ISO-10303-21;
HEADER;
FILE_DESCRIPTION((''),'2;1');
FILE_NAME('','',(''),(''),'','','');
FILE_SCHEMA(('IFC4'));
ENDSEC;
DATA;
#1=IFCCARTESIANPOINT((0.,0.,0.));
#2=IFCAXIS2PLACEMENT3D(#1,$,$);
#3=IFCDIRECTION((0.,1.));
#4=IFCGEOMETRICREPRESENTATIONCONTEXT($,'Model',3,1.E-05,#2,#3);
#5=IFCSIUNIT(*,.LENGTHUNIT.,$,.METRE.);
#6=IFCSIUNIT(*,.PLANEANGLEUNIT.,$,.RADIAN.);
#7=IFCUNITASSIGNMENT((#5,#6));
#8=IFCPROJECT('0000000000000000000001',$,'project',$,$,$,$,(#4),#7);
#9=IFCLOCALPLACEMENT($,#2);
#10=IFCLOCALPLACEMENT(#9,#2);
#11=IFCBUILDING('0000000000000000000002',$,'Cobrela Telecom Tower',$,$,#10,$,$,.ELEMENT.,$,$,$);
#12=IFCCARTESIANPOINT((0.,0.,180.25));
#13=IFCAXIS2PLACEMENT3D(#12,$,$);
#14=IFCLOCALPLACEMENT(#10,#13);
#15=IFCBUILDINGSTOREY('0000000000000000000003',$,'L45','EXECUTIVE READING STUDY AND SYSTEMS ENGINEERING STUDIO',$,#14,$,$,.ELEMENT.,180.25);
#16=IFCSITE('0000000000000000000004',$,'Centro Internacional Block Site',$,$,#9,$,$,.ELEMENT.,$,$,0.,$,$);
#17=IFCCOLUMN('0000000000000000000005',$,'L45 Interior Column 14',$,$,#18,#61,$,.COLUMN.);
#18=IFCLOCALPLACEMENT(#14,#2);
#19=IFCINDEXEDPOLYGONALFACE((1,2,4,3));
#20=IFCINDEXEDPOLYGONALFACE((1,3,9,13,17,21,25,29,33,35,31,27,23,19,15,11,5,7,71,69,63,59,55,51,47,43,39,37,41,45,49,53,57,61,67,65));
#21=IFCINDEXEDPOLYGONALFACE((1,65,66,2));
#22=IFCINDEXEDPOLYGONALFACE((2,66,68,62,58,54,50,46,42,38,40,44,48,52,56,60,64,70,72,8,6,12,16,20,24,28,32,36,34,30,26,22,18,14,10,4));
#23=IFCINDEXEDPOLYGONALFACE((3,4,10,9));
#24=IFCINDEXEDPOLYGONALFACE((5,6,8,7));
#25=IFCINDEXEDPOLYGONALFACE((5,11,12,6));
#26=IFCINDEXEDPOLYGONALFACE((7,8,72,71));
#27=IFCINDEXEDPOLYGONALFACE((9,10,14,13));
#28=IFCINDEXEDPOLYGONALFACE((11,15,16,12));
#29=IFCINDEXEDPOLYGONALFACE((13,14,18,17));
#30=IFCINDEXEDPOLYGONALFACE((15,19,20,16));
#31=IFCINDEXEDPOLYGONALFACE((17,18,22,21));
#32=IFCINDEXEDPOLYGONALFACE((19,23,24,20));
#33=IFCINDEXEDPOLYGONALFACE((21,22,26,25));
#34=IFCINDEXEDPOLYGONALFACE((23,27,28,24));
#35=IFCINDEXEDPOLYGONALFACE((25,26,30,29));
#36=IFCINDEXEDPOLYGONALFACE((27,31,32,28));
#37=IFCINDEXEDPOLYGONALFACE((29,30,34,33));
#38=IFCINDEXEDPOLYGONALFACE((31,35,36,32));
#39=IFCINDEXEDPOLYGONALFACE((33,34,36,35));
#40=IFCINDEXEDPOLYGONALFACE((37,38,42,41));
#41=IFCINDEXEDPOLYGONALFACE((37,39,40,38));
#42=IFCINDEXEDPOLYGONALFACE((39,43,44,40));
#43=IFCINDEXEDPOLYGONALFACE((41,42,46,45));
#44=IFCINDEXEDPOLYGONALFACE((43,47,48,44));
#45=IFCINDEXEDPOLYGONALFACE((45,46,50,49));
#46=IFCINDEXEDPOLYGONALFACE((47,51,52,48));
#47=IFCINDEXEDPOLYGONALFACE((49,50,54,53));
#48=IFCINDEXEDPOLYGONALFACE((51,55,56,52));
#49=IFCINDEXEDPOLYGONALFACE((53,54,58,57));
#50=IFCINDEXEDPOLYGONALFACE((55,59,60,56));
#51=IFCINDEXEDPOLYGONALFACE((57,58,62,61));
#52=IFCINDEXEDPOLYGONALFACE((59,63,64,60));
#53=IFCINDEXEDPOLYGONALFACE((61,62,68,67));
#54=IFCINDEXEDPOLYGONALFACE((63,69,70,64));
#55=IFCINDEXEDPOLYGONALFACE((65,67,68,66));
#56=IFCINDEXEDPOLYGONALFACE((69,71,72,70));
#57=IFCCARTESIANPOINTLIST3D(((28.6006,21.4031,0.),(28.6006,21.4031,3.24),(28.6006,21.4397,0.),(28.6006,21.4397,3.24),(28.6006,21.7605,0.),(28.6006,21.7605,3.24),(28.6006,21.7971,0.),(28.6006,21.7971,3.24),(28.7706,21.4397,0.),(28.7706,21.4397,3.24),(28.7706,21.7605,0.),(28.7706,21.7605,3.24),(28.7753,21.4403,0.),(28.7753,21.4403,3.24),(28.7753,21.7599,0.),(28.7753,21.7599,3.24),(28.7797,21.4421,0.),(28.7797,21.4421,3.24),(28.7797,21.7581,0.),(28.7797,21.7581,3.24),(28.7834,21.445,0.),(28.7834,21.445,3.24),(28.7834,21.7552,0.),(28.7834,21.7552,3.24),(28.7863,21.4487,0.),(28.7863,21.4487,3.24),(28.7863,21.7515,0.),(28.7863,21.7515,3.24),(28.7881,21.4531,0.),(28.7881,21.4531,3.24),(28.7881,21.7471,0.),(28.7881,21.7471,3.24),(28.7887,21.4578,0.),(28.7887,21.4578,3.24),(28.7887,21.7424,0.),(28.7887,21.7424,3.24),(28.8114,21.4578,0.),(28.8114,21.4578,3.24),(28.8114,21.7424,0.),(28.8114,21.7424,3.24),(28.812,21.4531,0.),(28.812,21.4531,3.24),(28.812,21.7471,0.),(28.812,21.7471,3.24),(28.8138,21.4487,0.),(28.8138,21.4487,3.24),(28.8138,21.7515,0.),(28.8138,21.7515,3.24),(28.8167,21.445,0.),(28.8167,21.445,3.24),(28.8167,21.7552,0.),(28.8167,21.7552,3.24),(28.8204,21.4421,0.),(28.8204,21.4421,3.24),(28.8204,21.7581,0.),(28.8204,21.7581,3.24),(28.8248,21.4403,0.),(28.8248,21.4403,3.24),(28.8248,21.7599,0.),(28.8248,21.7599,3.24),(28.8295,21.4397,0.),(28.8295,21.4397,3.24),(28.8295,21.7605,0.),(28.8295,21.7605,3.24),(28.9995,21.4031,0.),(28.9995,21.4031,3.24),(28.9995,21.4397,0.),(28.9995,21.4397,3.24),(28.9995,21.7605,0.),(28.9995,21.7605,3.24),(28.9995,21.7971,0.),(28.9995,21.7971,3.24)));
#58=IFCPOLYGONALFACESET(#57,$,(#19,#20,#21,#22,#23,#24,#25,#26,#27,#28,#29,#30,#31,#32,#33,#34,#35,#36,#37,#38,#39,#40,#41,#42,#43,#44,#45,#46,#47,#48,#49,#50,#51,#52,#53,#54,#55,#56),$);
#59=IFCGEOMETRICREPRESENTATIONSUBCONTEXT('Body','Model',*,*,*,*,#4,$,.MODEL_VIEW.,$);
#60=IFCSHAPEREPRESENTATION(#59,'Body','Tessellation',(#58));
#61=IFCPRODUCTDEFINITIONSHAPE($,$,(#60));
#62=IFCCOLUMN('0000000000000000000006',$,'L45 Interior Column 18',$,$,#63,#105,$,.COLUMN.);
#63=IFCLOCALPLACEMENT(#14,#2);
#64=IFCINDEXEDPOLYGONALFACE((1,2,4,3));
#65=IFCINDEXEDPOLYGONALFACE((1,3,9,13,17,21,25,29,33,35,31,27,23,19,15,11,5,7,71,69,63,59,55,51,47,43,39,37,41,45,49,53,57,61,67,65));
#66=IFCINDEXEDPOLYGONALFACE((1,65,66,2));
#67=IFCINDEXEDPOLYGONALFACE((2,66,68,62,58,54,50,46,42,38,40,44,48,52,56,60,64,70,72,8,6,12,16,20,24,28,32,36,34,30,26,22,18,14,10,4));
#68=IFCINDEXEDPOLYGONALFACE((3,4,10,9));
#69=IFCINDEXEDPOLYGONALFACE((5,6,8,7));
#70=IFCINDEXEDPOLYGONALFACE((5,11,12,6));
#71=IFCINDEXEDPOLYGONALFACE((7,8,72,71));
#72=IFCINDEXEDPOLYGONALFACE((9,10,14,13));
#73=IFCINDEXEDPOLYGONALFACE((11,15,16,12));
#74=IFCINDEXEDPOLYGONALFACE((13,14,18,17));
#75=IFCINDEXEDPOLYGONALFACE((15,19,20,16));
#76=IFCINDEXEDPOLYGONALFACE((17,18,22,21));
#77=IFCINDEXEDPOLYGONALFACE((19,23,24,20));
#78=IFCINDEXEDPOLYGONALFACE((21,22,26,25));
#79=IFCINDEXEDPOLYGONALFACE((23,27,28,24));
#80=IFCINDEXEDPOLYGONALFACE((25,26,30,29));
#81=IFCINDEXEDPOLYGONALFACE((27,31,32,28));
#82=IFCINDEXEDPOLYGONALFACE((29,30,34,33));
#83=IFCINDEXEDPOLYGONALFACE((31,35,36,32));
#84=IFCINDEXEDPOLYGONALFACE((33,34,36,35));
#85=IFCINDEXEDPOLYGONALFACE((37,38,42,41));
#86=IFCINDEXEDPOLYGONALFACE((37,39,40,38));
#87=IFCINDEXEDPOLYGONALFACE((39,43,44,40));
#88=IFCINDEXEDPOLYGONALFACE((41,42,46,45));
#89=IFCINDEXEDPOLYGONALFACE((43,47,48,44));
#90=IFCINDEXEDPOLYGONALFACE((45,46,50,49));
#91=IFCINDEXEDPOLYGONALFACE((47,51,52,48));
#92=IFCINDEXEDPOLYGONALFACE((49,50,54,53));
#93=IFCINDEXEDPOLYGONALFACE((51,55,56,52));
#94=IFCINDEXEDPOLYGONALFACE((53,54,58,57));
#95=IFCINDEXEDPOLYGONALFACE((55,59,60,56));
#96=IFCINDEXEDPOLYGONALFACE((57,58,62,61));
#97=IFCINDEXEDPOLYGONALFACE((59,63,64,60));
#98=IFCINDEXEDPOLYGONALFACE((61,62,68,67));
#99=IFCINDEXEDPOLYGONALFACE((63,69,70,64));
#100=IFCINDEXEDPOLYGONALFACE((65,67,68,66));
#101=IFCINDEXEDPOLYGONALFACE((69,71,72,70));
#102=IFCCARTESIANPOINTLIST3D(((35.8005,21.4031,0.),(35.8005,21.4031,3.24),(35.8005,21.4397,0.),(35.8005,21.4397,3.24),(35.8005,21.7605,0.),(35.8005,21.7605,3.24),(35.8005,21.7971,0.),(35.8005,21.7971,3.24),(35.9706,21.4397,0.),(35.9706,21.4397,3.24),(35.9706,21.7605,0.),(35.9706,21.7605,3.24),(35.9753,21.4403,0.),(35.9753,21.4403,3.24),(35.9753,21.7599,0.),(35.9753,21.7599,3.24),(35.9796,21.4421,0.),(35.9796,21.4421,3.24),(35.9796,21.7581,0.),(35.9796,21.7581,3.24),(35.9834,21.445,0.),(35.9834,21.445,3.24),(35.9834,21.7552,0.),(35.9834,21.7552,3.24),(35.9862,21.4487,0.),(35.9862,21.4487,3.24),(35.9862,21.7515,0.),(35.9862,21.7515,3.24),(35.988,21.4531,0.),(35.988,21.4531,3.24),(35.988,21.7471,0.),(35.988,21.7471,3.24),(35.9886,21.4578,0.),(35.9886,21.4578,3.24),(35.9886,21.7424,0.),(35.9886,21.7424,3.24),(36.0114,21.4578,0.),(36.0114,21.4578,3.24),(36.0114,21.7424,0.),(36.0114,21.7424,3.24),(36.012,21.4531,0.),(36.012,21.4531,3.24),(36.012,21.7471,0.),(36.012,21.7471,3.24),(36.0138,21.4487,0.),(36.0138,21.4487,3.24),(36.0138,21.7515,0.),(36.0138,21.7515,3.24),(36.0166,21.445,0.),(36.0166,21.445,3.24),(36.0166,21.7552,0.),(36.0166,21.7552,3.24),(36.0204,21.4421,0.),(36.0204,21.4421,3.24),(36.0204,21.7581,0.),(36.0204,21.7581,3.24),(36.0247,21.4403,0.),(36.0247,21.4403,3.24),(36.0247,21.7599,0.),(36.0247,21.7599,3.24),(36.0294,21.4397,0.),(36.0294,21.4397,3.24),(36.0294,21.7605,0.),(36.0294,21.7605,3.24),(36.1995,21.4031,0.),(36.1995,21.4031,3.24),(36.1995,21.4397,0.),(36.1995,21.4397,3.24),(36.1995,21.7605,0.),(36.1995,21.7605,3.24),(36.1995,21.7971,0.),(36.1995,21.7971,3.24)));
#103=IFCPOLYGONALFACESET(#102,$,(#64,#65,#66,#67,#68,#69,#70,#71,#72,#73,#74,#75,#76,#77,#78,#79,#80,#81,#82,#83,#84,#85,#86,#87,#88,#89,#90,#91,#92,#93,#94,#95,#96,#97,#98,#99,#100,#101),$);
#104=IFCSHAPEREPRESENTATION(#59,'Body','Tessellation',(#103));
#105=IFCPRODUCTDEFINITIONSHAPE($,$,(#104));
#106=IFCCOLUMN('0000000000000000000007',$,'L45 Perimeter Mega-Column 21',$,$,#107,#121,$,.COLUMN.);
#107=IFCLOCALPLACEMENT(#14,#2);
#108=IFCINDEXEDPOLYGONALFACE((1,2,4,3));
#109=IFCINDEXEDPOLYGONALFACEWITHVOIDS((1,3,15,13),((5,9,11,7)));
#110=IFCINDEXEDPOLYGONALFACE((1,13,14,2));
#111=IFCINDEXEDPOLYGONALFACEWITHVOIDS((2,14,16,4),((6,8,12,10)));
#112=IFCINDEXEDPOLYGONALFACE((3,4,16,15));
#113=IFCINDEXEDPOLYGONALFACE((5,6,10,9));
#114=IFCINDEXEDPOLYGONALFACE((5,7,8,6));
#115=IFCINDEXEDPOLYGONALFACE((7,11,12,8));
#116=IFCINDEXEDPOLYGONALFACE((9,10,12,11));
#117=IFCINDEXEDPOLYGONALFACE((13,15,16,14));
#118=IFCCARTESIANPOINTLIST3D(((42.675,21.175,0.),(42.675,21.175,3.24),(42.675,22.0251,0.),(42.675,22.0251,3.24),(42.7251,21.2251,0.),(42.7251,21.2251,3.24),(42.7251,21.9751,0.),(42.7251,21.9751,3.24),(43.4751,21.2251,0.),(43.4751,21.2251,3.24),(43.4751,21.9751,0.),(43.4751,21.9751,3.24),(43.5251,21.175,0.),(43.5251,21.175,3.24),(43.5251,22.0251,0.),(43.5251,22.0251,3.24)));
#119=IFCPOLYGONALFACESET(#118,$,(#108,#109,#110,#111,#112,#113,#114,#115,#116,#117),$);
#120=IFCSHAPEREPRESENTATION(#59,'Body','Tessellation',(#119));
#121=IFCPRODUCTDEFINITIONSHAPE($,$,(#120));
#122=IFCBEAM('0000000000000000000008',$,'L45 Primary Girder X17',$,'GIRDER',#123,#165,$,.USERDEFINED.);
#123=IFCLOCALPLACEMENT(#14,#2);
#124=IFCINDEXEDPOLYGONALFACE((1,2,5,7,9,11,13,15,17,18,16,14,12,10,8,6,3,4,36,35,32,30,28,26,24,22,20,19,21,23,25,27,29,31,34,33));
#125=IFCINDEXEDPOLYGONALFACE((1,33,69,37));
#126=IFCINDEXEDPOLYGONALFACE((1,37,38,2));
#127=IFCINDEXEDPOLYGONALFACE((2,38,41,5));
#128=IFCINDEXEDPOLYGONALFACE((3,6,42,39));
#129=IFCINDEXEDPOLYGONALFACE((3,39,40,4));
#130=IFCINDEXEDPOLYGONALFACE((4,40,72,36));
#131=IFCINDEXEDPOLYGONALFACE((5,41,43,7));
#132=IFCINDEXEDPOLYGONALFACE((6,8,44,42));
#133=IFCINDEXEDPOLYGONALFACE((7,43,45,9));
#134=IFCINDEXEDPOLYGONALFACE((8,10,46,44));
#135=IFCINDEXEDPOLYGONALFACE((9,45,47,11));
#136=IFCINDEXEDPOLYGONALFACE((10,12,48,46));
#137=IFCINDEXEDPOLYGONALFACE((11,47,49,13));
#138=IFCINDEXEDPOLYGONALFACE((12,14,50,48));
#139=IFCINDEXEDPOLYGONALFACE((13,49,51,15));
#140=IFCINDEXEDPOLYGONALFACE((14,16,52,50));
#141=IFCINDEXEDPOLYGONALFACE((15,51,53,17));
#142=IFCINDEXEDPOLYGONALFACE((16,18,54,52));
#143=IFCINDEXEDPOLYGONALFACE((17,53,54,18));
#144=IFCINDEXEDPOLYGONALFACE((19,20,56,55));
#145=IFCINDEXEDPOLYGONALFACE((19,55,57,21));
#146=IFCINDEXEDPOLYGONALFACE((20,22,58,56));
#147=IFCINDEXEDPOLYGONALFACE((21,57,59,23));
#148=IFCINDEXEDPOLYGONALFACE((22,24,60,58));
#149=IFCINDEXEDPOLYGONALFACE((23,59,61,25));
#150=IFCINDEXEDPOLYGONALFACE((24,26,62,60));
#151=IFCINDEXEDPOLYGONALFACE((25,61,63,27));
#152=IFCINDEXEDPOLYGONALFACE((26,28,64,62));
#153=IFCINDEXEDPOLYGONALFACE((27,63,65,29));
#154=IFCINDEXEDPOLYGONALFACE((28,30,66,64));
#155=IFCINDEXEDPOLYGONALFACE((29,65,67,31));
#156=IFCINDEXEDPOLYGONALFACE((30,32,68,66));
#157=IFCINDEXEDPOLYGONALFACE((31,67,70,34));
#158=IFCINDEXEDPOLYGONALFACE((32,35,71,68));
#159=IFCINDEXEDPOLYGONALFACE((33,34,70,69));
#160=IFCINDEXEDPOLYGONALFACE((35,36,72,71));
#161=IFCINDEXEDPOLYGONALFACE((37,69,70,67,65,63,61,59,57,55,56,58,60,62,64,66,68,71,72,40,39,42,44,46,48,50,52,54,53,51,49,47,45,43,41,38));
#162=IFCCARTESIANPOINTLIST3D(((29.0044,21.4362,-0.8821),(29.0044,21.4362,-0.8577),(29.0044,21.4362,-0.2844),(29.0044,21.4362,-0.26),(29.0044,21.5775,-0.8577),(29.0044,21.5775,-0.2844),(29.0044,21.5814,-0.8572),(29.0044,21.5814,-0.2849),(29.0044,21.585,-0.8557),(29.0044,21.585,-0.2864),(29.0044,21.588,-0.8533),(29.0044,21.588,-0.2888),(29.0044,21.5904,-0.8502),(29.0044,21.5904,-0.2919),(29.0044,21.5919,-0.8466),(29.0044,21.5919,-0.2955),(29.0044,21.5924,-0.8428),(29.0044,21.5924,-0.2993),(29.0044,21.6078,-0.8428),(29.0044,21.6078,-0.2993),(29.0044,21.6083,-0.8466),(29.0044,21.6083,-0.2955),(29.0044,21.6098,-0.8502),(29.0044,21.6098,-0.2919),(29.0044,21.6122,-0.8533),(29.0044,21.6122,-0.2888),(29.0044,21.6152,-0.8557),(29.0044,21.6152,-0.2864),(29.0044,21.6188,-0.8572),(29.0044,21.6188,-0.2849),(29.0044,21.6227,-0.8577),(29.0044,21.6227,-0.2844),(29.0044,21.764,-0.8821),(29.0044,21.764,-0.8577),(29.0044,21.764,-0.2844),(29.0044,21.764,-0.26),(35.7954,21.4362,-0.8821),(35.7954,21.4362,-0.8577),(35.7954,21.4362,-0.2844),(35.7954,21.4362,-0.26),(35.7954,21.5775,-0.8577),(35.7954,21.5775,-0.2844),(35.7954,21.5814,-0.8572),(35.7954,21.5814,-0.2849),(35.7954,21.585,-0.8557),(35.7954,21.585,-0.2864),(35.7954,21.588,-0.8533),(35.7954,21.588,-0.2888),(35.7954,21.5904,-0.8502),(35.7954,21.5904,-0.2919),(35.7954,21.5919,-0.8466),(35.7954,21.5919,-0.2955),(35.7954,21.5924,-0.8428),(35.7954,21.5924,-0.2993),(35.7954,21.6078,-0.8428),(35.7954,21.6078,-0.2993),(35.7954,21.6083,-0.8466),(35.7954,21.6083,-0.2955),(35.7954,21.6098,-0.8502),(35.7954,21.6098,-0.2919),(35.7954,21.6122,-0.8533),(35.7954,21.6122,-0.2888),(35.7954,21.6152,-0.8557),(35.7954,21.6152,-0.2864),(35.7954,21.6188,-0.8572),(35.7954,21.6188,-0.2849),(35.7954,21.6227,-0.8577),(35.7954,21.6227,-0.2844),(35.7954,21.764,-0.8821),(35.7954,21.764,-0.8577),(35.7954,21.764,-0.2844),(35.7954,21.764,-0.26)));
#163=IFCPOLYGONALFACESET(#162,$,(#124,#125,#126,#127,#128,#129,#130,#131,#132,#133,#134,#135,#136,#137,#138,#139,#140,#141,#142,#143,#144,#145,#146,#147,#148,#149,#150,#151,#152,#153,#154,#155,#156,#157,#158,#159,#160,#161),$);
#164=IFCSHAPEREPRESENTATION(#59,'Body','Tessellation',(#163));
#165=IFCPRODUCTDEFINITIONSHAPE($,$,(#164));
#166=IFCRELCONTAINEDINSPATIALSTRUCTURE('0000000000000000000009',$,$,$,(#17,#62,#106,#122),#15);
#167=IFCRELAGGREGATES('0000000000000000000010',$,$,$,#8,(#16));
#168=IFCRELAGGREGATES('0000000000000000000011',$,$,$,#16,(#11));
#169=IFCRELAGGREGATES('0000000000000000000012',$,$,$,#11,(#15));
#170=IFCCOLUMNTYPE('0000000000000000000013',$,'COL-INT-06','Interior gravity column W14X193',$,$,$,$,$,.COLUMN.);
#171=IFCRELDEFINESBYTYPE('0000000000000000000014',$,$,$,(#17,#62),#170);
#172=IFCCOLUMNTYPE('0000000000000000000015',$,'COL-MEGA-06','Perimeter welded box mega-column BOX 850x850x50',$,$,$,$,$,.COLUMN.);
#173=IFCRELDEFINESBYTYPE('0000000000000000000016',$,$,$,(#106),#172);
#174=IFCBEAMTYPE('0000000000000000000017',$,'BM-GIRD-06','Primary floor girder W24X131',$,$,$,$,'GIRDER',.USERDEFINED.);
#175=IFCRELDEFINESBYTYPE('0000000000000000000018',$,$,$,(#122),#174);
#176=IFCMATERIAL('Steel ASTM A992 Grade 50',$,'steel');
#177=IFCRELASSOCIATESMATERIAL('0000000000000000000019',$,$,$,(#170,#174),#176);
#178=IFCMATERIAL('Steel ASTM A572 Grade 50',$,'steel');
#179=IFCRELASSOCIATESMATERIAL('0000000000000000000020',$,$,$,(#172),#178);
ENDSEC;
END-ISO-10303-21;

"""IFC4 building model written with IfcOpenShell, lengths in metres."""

from ifc_helpers import new_model, si_unit, direction, frame, origin, origin_2d, place, context, subcontext, project, spatial, hollow_rectangle, i_section, extrude, material, material_profile, profile_set, type_object, element, save


model = new_model("IFC4")

# Units and contexts
model_context = context("Model", 3, precision=1e-05, world=origin(), true_north=direction((0.0, 1.0)))
body_context = subcontext(model_context, "Body", "Model", "MODEL_VIEW")
ifc_project = project(units=[si_unit("LENGTHUNIT", "METRE"), si_unit("PLANEANGLEUNIT", "RADIAN")], contexts=[model_context])

# Site, building, storey
site_placement = place(None, origin())
site = spatial("IfcSite", under=ifc_project, at=site_placement, Name="Centro Internacional Block Site", CompositionType="ELEMENT", RefElevation=0.0)
building_placement = place(site_placement, origin())
building = spatial("IfcBuilding", under=site, at=building_placement, Name="Cobrela Telecom Tower", CompositionType="ELEMENT")
storey_placement = place(building_placement, frame((0.0, 0.0, 180.25)))
storey = spatial("IfcBuildingStorey", under=building, at=storey_placement, Name="L45", Description="EXECUTIVE READING STUDY AND SYSTEMS ENGINEERING STUDIO", CompositionType="ELEMENT", Elevation=180.25)

# Columns
ifc_material_1 = material(Name="Steel ASTM A992 Grade 50", Category="steel")
ifc_material_profile_1 = material_profile(ifc_material_1, i_section(OverallWidth=0.3989, OverallDepth=0.394, WebThickness=0.0227, FlangeThickness=0.0366, FilletRadius=0.0181, at=origin_2d()), Name="W14X193")
ifc_profile_set_1 = profile_set([ifc_material_profile_1], Name="Steel ASTM A992 Grade 50")
column_type_1 = type_object("IfcColumnType", Name="COL-INT-06", Description="Interior gravity column W14X193", PredefinedType="COLUMN", material=ifc_profile_set_1)
for number, where, z_axis, x_axis, name in (
    (1, (28.8, 21.6001, 0.0), (0.0, 0.0, 1.0), (1.0, 0.0, 0.0), "L45 Interior Column 14"),
    (2, (36.0, 21.6001, 0.0), (0.0, 0.0, 1.0), (1.0, 0.0, 0.0), "L45 Interior Column 18"),
):
    element("IfcColumn", number, at=place(storey_placement, frame(where, z_axis=z_axis, x_axis=x_axis)), inside=storey, type_object=column_type_1, Name=name, PredefinedType="COLUMN", context=body_context, shape_type="SweptSolid", body=[
        extrude(i_section(OverallWidth=0.3989, OverallDepth=0.394, WebThickness=0.0227, FlangeThickness=0.0366, FilletRadius=0.0181, at=origin_2d()), origin(), (0.0, 0.0, 1.0), 3.24),
    ])
ifc_material_2 = material(Name="Steel ASTM A572 Grade 50", Category="steel")
ifc_material_profile_2 = material_profile(ifc_material_2, hollow_rectangle(XDim=0.8501, YDim=0.8501, WallThickness=0.05, at=origin_2d()), Name="BOX 850x850x50")
ifc_profile_set_2 = profile_set([ifc_material_profile_2], Name="Steel ASTM A572 Grade 50")
column_type_2 = type_object("IfcColumnType", Name="COL-MEGA-06", Description="Perimeter welded box mega-column BOX 850x850x50", PredefinedType="COLUMN", material=ifc_profile_set_2)
column_placement = place(storey_placement, frame((43.1001, 21.6001, 0.0), z_axis=(0.0, 0.0, 1.0), x_axis=(1.0, 0.0, 0.0)))
element("IfcColumn", 3, at=column_placement, inside=storey, type_object=column_type_2, Name="L45 Perimeter Mega-Column 21", PredefinedType="COLUMN", context=body_context, shape_type="SweptSolid", body=[
    extrude(hollow_rectangle(XDim=0.8501, YDim=0.8501, WallThickness=0.05, at=origin_2d()), origin(), (0.0, 0.0, 1.0), 3.24),
])

# Beam
ifc_material_profile_3 = material_profile(ifc_material_1, i_section(OverallWidth=0.3279, OverallDepth=0.6221, WebThickness=0.0154, FlangeThickness=0.0244, FilletRadius=0.0149, at=origin_2d()), Name="W24X131")
ifc_profile_set_3 = profile_set([ifc_material_profile_3], Name="Steel ASTM A992 Grade 50")
beam_type_1 = type_object("IfcBeamType", Name="BM-GIRD-06", Description="Primary floor girder W24X131", ElementType="GIRDER", PredefinedType="USERDEFINED", material=ifc_profile_set_3)
beam_1_placement = place(storey_placement, frame((29.0044, 21.6001, -0.571), z_axis=(1.0, 0.0, 0.0), x_axis=(0.0, 1.0, 0.0)))
element("IfcBeam", 4, at=beam_1_placement, inside=storey, type_object=beam_type_1, Name="L45 Primary Girder X17", ObjectType="GIRDER", PredefinedType="USERDEFINED", context=body_context, shape_type="SweptSolid", body=[
    extrude(i_section(OverallWidth=0.3279, OverallDepth=0.6221, WebThickness=0.0154, FlangeThickness=0.0244, FilletRadius=0.0149, at=origin_2d()), origin(), (0.0, 0.0, 1.0), 6.791),
])

save(model, "model.ifc")
